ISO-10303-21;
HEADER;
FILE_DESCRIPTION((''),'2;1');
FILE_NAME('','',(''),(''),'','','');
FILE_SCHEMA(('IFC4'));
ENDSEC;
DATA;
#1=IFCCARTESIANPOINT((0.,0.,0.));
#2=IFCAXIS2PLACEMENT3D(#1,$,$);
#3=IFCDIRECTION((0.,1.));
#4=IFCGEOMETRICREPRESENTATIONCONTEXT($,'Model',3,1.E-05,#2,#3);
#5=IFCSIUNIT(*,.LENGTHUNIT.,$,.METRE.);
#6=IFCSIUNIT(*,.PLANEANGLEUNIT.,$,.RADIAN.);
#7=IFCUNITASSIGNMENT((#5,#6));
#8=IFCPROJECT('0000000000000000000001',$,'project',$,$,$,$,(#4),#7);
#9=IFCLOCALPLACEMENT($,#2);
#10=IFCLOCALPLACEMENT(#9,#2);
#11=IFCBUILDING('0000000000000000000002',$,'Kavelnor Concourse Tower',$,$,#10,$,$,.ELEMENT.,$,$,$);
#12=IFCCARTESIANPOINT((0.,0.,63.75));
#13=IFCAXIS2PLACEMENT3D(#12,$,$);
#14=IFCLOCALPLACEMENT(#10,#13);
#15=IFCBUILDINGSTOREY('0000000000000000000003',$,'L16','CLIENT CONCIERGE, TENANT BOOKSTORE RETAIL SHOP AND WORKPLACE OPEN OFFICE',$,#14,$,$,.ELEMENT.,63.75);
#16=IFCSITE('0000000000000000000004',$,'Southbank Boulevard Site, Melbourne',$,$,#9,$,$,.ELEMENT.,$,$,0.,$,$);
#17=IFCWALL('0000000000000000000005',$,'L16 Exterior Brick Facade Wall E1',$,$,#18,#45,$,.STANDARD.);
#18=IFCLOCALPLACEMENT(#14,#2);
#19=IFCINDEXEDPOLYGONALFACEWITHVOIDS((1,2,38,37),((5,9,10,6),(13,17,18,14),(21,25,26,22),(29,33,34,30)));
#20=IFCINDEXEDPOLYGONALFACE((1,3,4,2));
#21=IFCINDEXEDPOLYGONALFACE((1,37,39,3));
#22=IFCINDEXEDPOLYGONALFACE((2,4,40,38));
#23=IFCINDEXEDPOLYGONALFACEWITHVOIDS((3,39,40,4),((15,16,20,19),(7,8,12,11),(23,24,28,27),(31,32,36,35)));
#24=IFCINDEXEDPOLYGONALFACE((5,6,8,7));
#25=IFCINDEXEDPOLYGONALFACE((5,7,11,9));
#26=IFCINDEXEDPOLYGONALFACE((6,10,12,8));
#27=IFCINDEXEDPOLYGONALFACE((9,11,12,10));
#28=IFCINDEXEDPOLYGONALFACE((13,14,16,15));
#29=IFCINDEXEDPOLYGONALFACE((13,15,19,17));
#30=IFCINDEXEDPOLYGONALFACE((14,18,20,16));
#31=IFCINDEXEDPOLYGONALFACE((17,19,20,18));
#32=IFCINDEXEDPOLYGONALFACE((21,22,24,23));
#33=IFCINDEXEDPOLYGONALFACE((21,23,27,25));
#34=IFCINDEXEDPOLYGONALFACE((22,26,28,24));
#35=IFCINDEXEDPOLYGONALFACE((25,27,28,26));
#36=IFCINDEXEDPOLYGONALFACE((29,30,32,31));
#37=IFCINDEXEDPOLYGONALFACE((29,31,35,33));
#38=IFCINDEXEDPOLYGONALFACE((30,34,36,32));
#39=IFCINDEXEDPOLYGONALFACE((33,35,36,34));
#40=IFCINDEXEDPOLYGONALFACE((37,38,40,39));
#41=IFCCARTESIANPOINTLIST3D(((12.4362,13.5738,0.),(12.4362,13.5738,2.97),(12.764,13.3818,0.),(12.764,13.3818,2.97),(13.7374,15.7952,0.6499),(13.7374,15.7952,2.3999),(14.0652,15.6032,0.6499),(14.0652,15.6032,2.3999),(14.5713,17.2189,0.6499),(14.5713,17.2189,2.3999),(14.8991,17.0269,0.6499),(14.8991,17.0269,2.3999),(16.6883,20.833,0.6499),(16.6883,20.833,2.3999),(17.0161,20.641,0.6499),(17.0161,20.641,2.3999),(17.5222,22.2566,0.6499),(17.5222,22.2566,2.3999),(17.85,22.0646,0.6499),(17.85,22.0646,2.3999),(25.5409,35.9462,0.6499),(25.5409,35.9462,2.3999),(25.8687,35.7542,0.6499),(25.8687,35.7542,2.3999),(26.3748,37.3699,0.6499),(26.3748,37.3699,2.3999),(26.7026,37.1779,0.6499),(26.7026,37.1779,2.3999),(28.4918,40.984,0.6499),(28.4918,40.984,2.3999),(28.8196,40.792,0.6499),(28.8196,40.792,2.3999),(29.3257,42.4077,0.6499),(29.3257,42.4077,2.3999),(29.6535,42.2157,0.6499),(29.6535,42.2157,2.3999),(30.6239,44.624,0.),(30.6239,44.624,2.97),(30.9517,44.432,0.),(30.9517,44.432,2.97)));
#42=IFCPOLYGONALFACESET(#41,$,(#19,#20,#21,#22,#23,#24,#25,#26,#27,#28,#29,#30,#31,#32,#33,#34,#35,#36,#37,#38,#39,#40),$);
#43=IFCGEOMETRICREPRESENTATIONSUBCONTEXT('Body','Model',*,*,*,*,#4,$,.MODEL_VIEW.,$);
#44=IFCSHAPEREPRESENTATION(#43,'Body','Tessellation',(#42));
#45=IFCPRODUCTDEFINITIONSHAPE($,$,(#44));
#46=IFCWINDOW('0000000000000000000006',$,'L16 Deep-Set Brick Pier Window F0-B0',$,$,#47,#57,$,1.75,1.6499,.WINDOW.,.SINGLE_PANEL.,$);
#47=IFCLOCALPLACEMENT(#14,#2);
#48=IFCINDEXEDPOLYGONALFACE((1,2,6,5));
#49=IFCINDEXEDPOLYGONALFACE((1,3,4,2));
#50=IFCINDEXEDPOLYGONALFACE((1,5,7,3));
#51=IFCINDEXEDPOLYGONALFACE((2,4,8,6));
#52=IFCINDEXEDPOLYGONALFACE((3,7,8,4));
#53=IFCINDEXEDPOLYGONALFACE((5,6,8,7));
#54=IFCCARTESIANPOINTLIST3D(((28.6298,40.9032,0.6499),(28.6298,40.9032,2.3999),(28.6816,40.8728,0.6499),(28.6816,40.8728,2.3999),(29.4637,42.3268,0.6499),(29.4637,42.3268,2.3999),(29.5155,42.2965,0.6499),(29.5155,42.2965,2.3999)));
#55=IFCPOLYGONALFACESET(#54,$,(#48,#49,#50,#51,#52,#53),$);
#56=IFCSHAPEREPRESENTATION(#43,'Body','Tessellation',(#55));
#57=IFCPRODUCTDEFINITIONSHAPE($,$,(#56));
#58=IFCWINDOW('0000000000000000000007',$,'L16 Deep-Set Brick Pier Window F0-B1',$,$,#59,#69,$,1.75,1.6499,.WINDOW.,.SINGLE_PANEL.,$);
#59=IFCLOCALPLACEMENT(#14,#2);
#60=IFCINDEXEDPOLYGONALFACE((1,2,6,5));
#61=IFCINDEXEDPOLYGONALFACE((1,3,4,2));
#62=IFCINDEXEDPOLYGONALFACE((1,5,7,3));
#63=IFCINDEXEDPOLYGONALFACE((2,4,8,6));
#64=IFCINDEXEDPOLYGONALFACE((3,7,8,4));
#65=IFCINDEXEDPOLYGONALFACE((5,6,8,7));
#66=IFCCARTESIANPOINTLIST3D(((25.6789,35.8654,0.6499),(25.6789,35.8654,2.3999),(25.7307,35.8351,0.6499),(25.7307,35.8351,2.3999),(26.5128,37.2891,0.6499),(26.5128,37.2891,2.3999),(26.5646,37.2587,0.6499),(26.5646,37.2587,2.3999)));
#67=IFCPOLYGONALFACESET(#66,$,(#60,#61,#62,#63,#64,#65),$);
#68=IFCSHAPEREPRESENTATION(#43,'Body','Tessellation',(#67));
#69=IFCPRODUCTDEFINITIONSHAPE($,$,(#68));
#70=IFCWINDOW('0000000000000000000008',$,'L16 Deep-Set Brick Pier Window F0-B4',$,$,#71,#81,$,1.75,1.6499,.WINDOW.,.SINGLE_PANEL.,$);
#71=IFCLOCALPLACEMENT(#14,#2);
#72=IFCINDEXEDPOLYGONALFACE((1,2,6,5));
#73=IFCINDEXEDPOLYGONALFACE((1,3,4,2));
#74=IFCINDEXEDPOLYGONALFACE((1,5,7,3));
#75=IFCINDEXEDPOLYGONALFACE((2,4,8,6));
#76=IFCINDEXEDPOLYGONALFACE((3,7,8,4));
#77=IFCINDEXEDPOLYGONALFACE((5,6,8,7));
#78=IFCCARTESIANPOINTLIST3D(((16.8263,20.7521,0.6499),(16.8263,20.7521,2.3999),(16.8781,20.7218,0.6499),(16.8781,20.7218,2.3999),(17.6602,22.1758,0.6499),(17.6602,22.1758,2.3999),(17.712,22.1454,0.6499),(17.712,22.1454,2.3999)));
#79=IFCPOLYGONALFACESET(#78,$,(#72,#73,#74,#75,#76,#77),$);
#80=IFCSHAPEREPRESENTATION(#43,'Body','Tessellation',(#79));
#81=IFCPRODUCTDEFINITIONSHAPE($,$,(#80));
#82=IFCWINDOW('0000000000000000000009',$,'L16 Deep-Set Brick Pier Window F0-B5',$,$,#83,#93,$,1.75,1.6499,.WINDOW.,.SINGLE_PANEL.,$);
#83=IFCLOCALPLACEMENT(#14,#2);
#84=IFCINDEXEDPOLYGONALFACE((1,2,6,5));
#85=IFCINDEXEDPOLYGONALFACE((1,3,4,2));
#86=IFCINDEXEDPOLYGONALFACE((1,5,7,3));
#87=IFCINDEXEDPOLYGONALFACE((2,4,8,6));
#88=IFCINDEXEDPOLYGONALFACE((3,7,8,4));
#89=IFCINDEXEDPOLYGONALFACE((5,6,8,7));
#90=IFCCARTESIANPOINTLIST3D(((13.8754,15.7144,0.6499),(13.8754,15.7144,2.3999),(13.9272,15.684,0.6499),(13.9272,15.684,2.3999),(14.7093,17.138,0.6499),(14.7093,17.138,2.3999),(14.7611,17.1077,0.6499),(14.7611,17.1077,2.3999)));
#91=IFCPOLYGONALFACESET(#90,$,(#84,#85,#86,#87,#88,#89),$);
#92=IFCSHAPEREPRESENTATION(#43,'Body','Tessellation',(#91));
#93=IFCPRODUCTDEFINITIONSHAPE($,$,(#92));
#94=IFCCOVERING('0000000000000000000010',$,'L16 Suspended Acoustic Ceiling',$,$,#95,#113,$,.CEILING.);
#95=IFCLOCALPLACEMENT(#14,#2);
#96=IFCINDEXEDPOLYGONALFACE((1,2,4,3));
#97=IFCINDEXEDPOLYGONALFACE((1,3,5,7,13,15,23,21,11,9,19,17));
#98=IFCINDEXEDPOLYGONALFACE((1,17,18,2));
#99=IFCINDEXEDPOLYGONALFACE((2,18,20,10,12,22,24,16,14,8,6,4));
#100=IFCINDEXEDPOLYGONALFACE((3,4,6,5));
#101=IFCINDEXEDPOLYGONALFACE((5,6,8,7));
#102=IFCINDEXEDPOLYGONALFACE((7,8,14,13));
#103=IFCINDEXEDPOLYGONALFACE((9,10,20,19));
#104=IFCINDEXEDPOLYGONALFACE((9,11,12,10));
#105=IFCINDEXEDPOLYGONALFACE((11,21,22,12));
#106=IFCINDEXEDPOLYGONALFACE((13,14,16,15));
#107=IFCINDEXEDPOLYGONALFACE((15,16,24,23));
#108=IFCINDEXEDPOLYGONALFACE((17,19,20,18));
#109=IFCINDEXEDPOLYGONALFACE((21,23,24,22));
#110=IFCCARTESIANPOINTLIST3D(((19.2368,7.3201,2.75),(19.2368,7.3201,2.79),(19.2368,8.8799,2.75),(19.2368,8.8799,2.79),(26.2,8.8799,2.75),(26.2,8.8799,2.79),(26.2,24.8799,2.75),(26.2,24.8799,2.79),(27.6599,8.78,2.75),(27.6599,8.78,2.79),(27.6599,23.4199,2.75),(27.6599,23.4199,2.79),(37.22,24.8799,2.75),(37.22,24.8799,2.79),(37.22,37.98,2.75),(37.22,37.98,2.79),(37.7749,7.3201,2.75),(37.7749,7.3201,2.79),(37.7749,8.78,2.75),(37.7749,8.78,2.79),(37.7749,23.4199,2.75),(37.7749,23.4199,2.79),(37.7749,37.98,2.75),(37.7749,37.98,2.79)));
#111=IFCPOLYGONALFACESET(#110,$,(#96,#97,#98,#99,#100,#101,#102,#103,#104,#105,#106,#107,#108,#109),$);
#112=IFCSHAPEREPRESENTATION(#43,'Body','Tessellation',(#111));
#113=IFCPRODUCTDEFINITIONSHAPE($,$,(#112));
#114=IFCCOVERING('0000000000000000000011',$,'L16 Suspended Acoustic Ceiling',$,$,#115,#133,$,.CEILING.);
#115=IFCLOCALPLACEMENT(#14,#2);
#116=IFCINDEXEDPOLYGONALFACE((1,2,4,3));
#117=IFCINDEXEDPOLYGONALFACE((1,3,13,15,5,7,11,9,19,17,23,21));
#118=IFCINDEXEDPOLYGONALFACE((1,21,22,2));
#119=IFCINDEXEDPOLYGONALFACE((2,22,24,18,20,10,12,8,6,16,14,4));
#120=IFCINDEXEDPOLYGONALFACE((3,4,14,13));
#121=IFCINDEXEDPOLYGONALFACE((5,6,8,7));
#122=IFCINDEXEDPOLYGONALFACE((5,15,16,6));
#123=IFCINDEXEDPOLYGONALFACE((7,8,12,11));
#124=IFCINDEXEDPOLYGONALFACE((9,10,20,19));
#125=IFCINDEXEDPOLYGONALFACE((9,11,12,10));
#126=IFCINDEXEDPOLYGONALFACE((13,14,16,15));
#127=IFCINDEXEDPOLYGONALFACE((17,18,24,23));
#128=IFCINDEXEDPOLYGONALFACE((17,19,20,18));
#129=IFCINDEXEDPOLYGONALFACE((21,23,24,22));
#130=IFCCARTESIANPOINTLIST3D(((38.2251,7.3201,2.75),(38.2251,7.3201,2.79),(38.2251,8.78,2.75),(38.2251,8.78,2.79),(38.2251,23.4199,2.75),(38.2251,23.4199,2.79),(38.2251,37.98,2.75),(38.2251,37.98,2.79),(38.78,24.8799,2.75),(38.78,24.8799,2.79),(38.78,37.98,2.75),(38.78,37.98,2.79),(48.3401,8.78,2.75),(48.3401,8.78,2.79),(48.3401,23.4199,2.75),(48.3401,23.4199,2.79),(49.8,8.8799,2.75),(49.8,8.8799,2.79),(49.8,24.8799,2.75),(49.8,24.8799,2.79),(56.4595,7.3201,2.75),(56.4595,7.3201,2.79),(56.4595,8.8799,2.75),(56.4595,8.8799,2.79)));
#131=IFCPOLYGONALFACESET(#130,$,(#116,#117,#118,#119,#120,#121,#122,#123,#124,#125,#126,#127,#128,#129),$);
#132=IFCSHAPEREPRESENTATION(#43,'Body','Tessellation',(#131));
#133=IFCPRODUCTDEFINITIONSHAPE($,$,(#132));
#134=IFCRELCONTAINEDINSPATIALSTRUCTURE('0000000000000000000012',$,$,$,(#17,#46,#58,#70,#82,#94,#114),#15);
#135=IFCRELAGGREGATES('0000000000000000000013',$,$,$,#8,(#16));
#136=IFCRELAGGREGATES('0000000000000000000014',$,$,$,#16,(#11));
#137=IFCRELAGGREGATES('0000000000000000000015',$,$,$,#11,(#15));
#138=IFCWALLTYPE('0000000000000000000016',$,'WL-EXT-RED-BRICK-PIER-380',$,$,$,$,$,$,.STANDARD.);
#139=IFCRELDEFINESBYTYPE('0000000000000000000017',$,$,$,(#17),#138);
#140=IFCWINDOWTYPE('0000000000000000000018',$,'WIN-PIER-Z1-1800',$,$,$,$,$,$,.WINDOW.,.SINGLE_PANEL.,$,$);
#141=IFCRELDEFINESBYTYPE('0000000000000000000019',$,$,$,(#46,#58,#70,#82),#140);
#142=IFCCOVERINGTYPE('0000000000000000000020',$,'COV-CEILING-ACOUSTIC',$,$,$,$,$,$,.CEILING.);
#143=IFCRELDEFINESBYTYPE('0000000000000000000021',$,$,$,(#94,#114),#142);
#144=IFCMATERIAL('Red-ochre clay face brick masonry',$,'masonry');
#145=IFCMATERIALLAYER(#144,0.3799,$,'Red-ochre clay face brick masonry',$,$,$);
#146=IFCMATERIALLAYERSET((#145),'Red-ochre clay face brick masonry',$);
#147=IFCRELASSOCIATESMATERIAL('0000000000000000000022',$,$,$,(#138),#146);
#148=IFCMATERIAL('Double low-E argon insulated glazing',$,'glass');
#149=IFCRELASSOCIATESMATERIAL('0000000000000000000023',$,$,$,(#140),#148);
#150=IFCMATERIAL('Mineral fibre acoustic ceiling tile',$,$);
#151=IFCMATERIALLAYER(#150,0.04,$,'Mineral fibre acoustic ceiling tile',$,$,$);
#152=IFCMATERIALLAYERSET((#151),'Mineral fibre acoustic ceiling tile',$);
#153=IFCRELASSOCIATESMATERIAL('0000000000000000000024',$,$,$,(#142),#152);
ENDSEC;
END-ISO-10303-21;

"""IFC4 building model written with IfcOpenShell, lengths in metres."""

from ifc_helpers import new_model, si_unit, direction, frame, frame_2d, origin, place, context, subcontext, project, spatial, polyline, rectangle, outline, extrude, material, layer, layer_set, type_object, element, fill, save


model = new_model("IFC4")

# Units and contexts
model_context = context("Model", 3, precision=1e-05, world=origin(), true_north=direction((0.0, 1.0)))
body_context = subcontext(model_context, "Body", "Model", "MODEL_VIEW")
ifc_project = project(units=[si_unit("LENGTHUNIT", "METRE"), si_unit("PLANEANGLEUNIT", "RADIAN")], contexts=[model_context])

# Site, building, storey
site_placement = place(None, origin())
site = spatial("IfcSite", under=ifc_project, at=site_placement, Name="Southbank Boulevard Site, Melbourne", CompositionType="ELEMENT", RefElevation=0.0)
building_placement = place(site_placement, origin())
building = spatial("IfcBuilding", under=site, at=building_placement, Name="Kavelnor Concourse Tower", CompositionType="ELEMENT")
storey_placement = place(building_placement, frame((0.0, 0.0, 63.75)))
storey = spatial("IfcBuildingStorey", under=building, at=storey_placement, Name="L16", Description="CLIENT CONCIERGE, TENANT BOOKSTORE RETAIL SHOP AND WORKPLACE OPEN OFFICE", CompositionType="ELEMENT", Elevation=63.75)

# Wall, openings, windows
ifc_material_1 = material(Name="Red-ochre clay face brick masonry", Category="masonry")
ifc_layer_1 = layer(ifc_material_1, 0.3799, Name="Red-ochre clay face brick masonry")
ifc_layer_set_1 = layer_set([ifc_layer_1], Name="Red-ochre clay face brick masonry")
wall_type = type_object("IfcWallType", Name="WL-EXT-RED-BRICK-PIER-380", PredefinedType="STANDARD", material=ifc_layer_set_1)
wall_placement = place(storey_placement, frame((12.6001, 13.4778, 0.0), z_axis=(0.0, 0.0, 1.0), x_axis=(0.505427, 0.862869, 0.0)))
wall = element("IfcWall", 1, at=wall_placement, inside=storey, type_object=wall_type, Name="L16 Exterior Brick Facade Wall E1", PredefinedType="STANDARD", context=body_context, shape_type="SweptSolid", body=[
    extrude(rectangle(XDim=35.9849, YDim=0.3799, at=frame_2d((17.9924, 0.0))), origin(), (0.0, 0.0, 1.0), 2.97),
])
opening_1_placement = place(wall_placement, frame((31.7664, 0.0, 0.6499)))
opening_1 = element("IfcOpeningElement", 2, at=opening_1_placement, cuts=wall, PredefinedType="OPENING", context=body_context, shape_type="SweptSolid", body=[
    extrude(rectangle(XDim=1.6499, YDim=1.75, at=frame_2d((0.825, 0.875))), frame((0.0, 0.2, 0.0), z_axis=(0.0, -1.0, 0.0), x_axis=(1.0, 0.0, 0.0)), (0.0, 0.0, 1.0), 0.3999),
])
opening_2_placement = place(wall_placement, frame((25.928, 0.0, 0.6499)))
opening_2 = element("IfcOpeningElement", 3, at=opening_2_placement, cuts=wall, PredefinedType="OPENING", context=body_context, shape_type="SweptSolid", body=[
    extrude(rectangle(XDim=1.6499, YDim=1.75, at=frame_2d((0.825, 0.875))), frame((0.0, 0.2, 0.0), z_axis=(0.0, -1.0, 0.0), x_axis=(1.0, 0.0, 0.0)), (0.0, 0.0, 1.0), 0.3999),
])
opening_3_placement = place(wall_placement, frame((8.4128, 0.0, 0.6499)))
opening_3 = element("IfcOpeningElement", 4, at=opening_3_placement, cuts=wall, PredefinedType="OPENING", context=body_context, shape_type="SweptSolid", body=[
    extrude(rectangle(XDim=1.6499, YDim=1.75, at=frame_2d((0.825, 0.875))), frame((0.0, 0.2, 0.0), z_axis=(0.0, -1.0, 0.0), x_axis=(1.0, 0.0, 0.0)), (0.0, 0.0, 1.0), 0.3999),
])
opening_4_placement = place(wall_placement, frame((2.5745, 0.0, 0.6499)))
opening_4 = element("IfcOpeningElement", 5, at=opening_4_placement, cuts=wall, PredefinedType="OPENING", context=body_context, shape_type="SweptSolid", body=[
    extrude(rectangle(XDim=1.6499, YDim=1.75, at=frame_2d((0.825, 0.875))), frame((0.0, 0.2, 0.0), z_axis=(0.0, -1.0, 0.0), x_axis=(1.0, 0.0, 0.0)), (0.0, 0.0, 1.0), 0.3999),
])
ifc_material_2 = material(Name="Double low-E argon insulated glazing", Category="glass")
window_type = type_object("IfcWindowType", Name="WIN-PIER-Z1-1800", PartitioningType="SINGLE_PANEL", PredefinedType="WINDOW", material=ifc_material_2)
window_1_placement = place(opening_1_placement, origin())
window_1 = element("IfcWindow", 6, at=window_1_placement, inside=storey, type_object=window_type, Name="L16 Deep-Set Brick Pier Window F0-B0", OverallHeight=1.75, OverallWidth=1.6499, PartitioningType="SINGLE_PANEL", PredefinedType="WINDOW", context=body_context, shape_type="SweptSolid", body=[
    extrude(rectangle(XDim=1.6499, YDim=1.75, at=frame_2d((0.825, 0.875))), frame((0.0, 0.03, 0.0), z_axis=(0.0, -1.0, 0.0), x_axis=(1.0, 0.0, 0.0)), (0.0, 0.0, 1.0), 0.0601),
])
fill(opening_1, window_1)
window_2_placement = place(opening_2_placement, origin())
window_2 = element("IfcWindow", 7, at=window_2_placement, inside=storey, type_object=window_type, Name="L16 Deep-Set Brick Pier Window F0-B1", OverallHeight=1.75, OverallWidth=1.6499, PartitioningType="SINGLE_PANEL", PredefinedType="WINDOW", context=body_context, shape_type="SweptSolid", body=[
    extrude(rectangle(XDim=1.6499, YDim=1.75, at=frame_2d((0.825, 0.875))), frame((0.0, 0.03, 0.0), z_axis=(0.0, -1.0, 0.0), x_axis=(1.0, 0.0, 0.0)), (0.0, 0.0, 1.0), 0.0601),
])
fill(opening_2, window_2)
window_3_placement = place(opening_3_placement, origin())
window_3 = element("IfcWindow", 8, at=window_3_placement, inside=storey, type_object=window_type, Name="L16 Deep-Set Brick Pier Window F0-B4", OverallHeight=1.75, OverallWidth=1.6499, PartitioningType="SINGLE_PANEL", PredefinedType="WINDOW", context=body_context, shape_type="SweptSolid", body=[
    extrude(rectangle(XDim=1.6499, YDim=1.75, at=frame_2d((0.825, 0.875))), frame((0.0, 0.03, 0.0), z_axis=(0.0, -1.0, 0.0), x_axis=(1.0, 0.0, 0.0)), (0.0, 0.0, 1.0), 0.0601),
])
fill(opening_3, window_3)
window_4_placement = place(opening_4_placement, origin())
window_4 = element("IfcWindow", 9, at=window_4_placement, inside=storey, type_object=window_type, Name="L16 Deep-Set Brick Pier Window F0-B5", OverallHeight=1.75, OverallWidth=1.6499, PartitioningType="SINGLE_PANEL", PredefinedType="WINDOW", context=body_context, shape_type="SweptSolid", body=[
    extrude(rectangle(XDim=1.6499, YDim=1.75, at=frame_2d((0.825, 0.875))), frame((0.0, 0.03, 0.0), z_axis=(0.0, -1.0, 0.0), x_axis=(1.0, 0.0, 0.0)), (0.0, 0.0, 1.0), 0.0601),
])
fill(opening_4, window_4)

# Coverings
ifc_material_3 = material(Name="Mineral fibre acoustic ceiling tile")
ifc_layer_2 = layer(ifc_material_3, 0.04, Name="Mineral fibre acoustic ceiling tile")
ifc_layer_set_2 = layer_set([ifc_layer_2], Name="Mineral fibre acoustic ceiling tile")
covering_type_1 = type_object("IfcCoveringType", Name="COV-CEILING-ACOUSTIC", PredefinedType="CEILING", material=ifc_layer_set_2)
covering_1_placement = place(storey_placement, frame((0.0, 0.0, 2.75)))
element("IfcCovering", 10, at=covering_1_placement, inside=storey, type_object=covering_type_1, Name="L16 Suspended Acoustic Ceiling", PredefinedType="CEILING", context=body_context, shape_type="SweptSolid", body=[
    extrude(outline(polyline([(37.22, 37.98), (37.7749, 37.98), (37.7749, 23.4199), (27.6599, 23.4199), (27.6599, 8.78), (37.7749, 8.78), (37.7749, 7.3201), (19.2368, 7.3201), (19.2368, 8.8799), (26.2, 8.8799), (26.2, 24.8799), (37.22, 24.8799), (37.22, 37.98)])), origin(), (0.0, 0.0, 1.0), 0.04),
])
covering_2_placement = place(storey_placement, frame((0.0, 0.0, 2.75)))
element("IfcCovering", 11, at=covering_2_placement, inside=storey, type_object=covering_type_1, Name="L16 Suspended Acoustic Ceiling", PredefinedType="CEILING", context=body_context, shape_type="SweptSolid", body=[
    extrude(outline(polyline([(38.78, 37.98), (38.78, 24.8799), (49.8, 24.8799), (49.8, 8.8799), (56.4595, 8.8799), (56.4595, 7.3201), (38.2251, 7.3201), (38.2251, 8.78), (48.3401, 8.78), (48.3401, 23.4199), (38.2251, 23.4199), (38.2251, 37.98), (38.78, 37.98)])), origin(), (0.0, 0.0, 1.0), 0.04),
])

save(model, "model.ifc")
